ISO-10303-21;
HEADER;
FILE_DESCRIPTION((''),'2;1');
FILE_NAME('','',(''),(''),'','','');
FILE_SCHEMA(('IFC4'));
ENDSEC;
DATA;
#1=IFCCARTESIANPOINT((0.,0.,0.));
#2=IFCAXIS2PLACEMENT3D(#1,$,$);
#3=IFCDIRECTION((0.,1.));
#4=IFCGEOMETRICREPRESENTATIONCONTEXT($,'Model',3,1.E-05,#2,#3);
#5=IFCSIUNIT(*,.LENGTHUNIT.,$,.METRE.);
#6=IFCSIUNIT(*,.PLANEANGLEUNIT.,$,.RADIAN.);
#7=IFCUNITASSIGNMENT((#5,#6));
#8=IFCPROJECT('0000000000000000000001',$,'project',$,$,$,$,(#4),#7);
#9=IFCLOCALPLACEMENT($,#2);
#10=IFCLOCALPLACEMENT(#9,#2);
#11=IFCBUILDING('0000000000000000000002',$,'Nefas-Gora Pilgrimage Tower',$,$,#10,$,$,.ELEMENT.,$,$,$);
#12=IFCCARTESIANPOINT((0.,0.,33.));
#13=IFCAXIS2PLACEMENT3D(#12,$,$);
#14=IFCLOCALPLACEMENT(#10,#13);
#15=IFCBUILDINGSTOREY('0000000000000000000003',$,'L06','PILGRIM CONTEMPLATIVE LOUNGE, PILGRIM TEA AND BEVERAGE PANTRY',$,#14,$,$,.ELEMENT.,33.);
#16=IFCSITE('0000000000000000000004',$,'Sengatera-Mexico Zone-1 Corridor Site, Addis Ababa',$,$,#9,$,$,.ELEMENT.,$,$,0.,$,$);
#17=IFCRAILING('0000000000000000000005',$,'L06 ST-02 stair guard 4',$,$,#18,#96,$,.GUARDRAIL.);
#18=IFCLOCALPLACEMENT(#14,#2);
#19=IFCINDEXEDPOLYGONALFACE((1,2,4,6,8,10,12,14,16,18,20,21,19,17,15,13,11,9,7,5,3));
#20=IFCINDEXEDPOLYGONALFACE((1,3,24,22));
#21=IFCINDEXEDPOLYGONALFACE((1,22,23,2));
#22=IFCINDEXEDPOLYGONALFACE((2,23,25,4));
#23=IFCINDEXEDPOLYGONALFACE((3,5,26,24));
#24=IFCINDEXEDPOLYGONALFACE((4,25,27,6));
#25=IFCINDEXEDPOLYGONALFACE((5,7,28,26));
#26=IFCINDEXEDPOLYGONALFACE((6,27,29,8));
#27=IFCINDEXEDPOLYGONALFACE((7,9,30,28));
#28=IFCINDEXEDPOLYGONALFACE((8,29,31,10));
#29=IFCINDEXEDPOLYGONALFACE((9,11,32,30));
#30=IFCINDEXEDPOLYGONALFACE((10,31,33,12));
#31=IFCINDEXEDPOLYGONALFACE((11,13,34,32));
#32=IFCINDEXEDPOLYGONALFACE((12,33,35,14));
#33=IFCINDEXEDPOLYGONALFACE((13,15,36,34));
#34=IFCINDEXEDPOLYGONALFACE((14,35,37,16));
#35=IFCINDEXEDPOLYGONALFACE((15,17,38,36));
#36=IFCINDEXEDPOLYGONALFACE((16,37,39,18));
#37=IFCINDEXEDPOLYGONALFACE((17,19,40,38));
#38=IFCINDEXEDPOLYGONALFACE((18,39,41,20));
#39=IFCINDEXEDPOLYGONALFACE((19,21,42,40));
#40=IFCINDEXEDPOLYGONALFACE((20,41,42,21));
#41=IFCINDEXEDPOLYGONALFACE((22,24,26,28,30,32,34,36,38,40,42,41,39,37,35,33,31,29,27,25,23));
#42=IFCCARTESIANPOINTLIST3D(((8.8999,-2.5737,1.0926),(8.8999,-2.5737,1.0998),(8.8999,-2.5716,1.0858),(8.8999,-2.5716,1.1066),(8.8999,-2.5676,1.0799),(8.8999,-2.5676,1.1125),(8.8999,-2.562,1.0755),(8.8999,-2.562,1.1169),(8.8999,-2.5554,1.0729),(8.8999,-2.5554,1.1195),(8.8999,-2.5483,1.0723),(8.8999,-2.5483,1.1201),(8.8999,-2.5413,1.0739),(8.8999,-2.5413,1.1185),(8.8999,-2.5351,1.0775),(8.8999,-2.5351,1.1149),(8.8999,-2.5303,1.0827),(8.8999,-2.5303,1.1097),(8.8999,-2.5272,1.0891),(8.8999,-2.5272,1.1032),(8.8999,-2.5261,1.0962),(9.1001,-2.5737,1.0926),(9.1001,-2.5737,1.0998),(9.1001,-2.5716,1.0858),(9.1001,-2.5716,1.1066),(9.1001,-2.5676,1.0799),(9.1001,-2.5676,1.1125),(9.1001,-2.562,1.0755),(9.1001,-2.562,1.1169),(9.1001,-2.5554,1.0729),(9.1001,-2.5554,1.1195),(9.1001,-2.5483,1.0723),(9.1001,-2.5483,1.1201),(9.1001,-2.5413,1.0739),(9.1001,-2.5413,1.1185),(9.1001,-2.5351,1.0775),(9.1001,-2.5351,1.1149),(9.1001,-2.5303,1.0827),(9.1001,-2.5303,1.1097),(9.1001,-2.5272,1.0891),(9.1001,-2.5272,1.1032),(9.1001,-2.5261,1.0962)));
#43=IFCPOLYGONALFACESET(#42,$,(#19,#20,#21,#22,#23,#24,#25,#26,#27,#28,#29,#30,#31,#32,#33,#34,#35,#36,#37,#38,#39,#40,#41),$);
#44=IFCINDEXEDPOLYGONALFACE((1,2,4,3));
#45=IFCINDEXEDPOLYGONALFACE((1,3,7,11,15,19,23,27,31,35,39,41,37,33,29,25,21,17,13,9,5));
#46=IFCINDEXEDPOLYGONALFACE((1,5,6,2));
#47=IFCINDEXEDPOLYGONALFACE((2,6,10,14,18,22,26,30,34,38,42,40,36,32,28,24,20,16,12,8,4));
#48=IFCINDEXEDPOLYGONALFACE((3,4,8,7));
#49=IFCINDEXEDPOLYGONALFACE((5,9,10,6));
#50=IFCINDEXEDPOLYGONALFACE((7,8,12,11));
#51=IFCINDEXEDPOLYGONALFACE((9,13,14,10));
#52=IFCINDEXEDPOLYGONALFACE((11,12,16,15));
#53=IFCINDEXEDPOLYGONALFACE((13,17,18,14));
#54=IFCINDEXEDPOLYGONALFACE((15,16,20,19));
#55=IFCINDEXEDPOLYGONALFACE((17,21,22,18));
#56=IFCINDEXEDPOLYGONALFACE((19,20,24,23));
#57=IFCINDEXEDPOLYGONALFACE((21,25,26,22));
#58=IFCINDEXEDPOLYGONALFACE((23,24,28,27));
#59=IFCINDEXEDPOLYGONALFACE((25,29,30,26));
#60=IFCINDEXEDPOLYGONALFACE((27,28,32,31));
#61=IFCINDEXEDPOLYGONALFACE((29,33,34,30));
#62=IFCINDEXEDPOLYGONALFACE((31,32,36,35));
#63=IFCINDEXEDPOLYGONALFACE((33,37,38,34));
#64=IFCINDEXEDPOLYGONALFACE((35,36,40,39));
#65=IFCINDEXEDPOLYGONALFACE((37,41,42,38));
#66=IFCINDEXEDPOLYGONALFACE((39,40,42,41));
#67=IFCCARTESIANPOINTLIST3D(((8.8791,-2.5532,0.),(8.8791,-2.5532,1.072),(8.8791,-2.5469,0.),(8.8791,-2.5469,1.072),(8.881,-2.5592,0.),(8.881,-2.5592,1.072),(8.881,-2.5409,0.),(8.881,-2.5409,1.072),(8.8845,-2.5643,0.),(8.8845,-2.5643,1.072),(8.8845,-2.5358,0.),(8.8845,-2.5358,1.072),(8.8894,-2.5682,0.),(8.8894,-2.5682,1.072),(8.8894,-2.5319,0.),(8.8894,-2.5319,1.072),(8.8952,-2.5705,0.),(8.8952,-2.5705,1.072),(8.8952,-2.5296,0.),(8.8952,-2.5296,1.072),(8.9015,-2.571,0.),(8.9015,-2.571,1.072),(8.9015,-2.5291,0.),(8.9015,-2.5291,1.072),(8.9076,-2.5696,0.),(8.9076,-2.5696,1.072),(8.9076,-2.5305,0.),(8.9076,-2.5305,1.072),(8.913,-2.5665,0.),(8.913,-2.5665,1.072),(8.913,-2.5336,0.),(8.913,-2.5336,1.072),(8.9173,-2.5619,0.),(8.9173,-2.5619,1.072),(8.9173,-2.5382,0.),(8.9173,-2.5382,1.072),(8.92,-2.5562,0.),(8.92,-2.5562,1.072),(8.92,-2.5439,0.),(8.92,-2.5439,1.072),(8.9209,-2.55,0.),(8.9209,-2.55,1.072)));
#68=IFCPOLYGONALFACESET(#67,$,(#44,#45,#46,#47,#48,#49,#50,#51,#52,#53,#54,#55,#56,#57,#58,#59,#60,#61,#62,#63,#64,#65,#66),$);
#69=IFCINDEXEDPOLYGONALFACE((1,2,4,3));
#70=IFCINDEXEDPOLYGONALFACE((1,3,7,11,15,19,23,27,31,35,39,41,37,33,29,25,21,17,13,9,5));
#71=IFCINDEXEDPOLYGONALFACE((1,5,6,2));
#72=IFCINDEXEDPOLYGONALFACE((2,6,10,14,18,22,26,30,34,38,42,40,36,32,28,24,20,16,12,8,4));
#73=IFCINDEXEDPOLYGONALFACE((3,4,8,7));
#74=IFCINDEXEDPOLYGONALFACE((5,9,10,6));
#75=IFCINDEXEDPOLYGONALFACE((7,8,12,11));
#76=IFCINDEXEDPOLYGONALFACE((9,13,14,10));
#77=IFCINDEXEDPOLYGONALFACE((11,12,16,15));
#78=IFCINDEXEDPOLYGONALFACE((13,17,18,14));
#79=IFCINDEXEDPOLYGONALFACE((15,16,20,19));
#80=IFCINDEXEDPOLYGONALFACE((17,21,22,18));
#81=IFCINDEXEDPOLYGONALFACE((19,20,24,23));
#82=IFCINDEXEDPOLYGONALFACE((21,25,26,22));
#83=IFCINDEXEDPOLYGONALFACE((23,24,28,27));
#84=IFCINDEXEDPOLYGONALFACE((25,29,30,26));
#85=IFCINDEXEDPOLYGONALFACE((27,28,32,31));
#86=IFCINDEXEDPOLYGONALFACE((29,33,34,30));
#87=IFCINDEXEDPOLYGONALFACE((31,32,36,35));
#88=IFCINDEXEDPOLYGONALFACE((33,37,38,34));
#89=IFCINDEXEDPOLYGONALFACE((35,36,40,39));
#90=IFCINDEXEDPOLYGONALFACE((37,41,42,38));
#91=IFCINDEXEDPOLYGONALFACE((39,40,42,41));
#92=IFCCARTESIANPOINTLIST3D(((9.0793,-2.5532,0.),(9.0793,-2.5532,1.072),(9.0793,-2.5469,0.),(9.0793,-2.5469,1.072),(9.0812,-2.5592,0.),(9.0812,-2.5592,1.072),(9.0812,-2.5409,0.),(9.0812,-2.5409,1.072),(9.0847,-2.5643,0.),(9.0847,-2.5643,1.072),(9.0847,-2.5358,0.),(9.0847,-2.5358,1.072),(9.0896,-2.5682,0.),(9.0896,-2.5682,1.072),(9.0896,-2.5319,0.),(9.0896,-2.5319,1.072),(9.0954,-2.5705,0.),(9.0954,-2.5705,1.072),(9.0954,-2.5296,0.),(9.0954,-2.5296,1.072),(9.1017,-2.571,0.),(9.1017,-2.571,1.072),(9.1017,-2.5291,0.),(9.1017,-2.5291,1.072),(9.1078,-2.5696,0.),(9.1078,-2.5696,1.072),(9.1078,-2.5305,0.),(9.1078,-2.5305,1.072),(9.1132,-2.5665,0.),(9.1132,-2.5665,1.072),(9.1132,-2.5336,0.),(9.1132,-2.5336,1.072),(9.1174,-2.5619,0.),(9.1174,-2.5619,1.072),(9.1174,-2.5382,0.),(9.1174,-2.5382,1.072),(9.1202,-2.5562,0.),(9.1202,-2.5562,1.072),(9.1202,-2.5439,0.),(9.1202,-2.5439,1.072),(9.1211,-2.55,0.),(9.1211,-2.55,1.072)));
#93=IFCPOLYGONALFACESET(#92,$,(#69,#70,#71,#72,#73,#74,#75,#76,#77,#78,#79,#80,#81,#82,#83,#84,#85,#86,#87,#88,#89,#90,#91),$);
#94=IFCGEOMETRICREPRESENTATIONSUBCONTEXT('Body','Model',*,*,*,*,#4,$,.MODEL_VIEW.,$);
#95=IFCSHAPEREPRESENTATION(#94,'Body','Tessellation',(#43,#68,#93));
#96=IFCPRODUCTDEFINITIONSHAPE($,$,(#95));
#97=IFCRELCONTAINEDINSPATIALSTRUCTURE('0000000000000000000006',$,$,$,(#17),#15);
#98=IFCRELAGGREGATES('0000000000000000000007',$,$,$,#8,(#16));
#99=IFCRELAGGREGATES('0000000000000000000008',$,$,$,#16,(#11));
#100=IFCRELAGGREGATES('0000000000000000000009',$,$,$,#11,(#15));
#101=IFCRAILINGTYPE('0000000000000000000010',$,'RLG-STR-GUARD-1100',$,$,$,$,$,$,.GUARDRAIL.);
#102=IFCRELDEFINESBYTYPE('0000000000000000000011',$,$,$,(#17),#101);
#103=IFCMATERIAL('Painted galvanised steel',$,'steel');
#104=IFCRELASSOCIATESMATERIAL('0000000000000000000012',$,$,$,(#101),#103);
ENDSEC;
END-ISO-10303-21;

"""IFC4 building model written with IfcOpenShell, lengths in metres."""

from ifc_helpers import new_model, si_unit, direction, frame, origin, origin_2d, place, context, subcontext, project, spatial, circle, extrude, material, type_object, element, save


model = new_model("IFC4")

# Units and contexts
model_context = context("Model", 3, precision=1e-05, world=origin(), true_north=direction((0.0, 1.0)))
body_context = subcontext(model_context, "Body", "Model", "MODEL_VIEW")
ifc_project = project(units=[si_unit("LENGTHUNIT", "METRE"), si_unit("PLANEANGLEUNIT", "RADIAN")], contexts=[model_context])

# Site, building, storey
site_placement = place(None, origin())
site = spatial("IfcSite", under=ifc_project, at=site_placement, Name="Sengatera-Mexico Zone-1 Corridor Site, Addis Ababa", CompositionType="ELEMENT", RefElevation=0.0)
building_placement = place(site_placement, origin())
building = spatial("IfcBuilding", under=site, at=building_placement, Name="Nefas-Gora Pilgrimage Tower", CompositionType="ELEMENT")
storey_placement = place(building_placement, frame((0.0, 0.0, 33.0)))
storey = spatial("IfcBuildingStorey", under=building, at=storey_placement, Name="L06", Description="PILGRIM CONTEMPLATIVE LOUNGE, PILGRIM TEA AND BEVERAGE PANTRY", CompositionType="ELEMENT", Elevation=33.0)

# Railing
ifc_material_1 = material(Name="Painted galvanised steel", Category="steel")
railing_type_1 = type_object("IfcRailingType", Name="RLG-STR-GUARD-1100", PredefinedType="GUARDRAIL", material=ifc_material_1)
railing_1_placement = place(storey_placement, frame((8.8999, -2.55, 0.0)))
element("IfcRailing", 1, at=railing_1_placement, inside=storey, type_object=railing_type_1, Name="L06 ST-02 stair guard 4", PredefinedType="GUARDRAIL", context=body_context, shape_type="SweptSolid", body=[
    extrude(circle(Radius=0.0239, at=origin_2d()), frame((0.0, 0.0, 1.0962), z_axis=(1.0, 0.0, 0.0), x_axis=(0.0, 1.0, 0.0)), (0.0, 0.0, 1.0), 0.2002),
    extrude(circle(Radius=0.021, at=origin_2d()), origin(), (0.0, 0.0, 1.0), 1.072),
    extrude(circle(Radius=0.021, at=origin_2d()), frame((0.2002, 0.0, 0.0)), (0.0, 0.0, 1.0), 1.072),
])

save(model, "model.ifc")
